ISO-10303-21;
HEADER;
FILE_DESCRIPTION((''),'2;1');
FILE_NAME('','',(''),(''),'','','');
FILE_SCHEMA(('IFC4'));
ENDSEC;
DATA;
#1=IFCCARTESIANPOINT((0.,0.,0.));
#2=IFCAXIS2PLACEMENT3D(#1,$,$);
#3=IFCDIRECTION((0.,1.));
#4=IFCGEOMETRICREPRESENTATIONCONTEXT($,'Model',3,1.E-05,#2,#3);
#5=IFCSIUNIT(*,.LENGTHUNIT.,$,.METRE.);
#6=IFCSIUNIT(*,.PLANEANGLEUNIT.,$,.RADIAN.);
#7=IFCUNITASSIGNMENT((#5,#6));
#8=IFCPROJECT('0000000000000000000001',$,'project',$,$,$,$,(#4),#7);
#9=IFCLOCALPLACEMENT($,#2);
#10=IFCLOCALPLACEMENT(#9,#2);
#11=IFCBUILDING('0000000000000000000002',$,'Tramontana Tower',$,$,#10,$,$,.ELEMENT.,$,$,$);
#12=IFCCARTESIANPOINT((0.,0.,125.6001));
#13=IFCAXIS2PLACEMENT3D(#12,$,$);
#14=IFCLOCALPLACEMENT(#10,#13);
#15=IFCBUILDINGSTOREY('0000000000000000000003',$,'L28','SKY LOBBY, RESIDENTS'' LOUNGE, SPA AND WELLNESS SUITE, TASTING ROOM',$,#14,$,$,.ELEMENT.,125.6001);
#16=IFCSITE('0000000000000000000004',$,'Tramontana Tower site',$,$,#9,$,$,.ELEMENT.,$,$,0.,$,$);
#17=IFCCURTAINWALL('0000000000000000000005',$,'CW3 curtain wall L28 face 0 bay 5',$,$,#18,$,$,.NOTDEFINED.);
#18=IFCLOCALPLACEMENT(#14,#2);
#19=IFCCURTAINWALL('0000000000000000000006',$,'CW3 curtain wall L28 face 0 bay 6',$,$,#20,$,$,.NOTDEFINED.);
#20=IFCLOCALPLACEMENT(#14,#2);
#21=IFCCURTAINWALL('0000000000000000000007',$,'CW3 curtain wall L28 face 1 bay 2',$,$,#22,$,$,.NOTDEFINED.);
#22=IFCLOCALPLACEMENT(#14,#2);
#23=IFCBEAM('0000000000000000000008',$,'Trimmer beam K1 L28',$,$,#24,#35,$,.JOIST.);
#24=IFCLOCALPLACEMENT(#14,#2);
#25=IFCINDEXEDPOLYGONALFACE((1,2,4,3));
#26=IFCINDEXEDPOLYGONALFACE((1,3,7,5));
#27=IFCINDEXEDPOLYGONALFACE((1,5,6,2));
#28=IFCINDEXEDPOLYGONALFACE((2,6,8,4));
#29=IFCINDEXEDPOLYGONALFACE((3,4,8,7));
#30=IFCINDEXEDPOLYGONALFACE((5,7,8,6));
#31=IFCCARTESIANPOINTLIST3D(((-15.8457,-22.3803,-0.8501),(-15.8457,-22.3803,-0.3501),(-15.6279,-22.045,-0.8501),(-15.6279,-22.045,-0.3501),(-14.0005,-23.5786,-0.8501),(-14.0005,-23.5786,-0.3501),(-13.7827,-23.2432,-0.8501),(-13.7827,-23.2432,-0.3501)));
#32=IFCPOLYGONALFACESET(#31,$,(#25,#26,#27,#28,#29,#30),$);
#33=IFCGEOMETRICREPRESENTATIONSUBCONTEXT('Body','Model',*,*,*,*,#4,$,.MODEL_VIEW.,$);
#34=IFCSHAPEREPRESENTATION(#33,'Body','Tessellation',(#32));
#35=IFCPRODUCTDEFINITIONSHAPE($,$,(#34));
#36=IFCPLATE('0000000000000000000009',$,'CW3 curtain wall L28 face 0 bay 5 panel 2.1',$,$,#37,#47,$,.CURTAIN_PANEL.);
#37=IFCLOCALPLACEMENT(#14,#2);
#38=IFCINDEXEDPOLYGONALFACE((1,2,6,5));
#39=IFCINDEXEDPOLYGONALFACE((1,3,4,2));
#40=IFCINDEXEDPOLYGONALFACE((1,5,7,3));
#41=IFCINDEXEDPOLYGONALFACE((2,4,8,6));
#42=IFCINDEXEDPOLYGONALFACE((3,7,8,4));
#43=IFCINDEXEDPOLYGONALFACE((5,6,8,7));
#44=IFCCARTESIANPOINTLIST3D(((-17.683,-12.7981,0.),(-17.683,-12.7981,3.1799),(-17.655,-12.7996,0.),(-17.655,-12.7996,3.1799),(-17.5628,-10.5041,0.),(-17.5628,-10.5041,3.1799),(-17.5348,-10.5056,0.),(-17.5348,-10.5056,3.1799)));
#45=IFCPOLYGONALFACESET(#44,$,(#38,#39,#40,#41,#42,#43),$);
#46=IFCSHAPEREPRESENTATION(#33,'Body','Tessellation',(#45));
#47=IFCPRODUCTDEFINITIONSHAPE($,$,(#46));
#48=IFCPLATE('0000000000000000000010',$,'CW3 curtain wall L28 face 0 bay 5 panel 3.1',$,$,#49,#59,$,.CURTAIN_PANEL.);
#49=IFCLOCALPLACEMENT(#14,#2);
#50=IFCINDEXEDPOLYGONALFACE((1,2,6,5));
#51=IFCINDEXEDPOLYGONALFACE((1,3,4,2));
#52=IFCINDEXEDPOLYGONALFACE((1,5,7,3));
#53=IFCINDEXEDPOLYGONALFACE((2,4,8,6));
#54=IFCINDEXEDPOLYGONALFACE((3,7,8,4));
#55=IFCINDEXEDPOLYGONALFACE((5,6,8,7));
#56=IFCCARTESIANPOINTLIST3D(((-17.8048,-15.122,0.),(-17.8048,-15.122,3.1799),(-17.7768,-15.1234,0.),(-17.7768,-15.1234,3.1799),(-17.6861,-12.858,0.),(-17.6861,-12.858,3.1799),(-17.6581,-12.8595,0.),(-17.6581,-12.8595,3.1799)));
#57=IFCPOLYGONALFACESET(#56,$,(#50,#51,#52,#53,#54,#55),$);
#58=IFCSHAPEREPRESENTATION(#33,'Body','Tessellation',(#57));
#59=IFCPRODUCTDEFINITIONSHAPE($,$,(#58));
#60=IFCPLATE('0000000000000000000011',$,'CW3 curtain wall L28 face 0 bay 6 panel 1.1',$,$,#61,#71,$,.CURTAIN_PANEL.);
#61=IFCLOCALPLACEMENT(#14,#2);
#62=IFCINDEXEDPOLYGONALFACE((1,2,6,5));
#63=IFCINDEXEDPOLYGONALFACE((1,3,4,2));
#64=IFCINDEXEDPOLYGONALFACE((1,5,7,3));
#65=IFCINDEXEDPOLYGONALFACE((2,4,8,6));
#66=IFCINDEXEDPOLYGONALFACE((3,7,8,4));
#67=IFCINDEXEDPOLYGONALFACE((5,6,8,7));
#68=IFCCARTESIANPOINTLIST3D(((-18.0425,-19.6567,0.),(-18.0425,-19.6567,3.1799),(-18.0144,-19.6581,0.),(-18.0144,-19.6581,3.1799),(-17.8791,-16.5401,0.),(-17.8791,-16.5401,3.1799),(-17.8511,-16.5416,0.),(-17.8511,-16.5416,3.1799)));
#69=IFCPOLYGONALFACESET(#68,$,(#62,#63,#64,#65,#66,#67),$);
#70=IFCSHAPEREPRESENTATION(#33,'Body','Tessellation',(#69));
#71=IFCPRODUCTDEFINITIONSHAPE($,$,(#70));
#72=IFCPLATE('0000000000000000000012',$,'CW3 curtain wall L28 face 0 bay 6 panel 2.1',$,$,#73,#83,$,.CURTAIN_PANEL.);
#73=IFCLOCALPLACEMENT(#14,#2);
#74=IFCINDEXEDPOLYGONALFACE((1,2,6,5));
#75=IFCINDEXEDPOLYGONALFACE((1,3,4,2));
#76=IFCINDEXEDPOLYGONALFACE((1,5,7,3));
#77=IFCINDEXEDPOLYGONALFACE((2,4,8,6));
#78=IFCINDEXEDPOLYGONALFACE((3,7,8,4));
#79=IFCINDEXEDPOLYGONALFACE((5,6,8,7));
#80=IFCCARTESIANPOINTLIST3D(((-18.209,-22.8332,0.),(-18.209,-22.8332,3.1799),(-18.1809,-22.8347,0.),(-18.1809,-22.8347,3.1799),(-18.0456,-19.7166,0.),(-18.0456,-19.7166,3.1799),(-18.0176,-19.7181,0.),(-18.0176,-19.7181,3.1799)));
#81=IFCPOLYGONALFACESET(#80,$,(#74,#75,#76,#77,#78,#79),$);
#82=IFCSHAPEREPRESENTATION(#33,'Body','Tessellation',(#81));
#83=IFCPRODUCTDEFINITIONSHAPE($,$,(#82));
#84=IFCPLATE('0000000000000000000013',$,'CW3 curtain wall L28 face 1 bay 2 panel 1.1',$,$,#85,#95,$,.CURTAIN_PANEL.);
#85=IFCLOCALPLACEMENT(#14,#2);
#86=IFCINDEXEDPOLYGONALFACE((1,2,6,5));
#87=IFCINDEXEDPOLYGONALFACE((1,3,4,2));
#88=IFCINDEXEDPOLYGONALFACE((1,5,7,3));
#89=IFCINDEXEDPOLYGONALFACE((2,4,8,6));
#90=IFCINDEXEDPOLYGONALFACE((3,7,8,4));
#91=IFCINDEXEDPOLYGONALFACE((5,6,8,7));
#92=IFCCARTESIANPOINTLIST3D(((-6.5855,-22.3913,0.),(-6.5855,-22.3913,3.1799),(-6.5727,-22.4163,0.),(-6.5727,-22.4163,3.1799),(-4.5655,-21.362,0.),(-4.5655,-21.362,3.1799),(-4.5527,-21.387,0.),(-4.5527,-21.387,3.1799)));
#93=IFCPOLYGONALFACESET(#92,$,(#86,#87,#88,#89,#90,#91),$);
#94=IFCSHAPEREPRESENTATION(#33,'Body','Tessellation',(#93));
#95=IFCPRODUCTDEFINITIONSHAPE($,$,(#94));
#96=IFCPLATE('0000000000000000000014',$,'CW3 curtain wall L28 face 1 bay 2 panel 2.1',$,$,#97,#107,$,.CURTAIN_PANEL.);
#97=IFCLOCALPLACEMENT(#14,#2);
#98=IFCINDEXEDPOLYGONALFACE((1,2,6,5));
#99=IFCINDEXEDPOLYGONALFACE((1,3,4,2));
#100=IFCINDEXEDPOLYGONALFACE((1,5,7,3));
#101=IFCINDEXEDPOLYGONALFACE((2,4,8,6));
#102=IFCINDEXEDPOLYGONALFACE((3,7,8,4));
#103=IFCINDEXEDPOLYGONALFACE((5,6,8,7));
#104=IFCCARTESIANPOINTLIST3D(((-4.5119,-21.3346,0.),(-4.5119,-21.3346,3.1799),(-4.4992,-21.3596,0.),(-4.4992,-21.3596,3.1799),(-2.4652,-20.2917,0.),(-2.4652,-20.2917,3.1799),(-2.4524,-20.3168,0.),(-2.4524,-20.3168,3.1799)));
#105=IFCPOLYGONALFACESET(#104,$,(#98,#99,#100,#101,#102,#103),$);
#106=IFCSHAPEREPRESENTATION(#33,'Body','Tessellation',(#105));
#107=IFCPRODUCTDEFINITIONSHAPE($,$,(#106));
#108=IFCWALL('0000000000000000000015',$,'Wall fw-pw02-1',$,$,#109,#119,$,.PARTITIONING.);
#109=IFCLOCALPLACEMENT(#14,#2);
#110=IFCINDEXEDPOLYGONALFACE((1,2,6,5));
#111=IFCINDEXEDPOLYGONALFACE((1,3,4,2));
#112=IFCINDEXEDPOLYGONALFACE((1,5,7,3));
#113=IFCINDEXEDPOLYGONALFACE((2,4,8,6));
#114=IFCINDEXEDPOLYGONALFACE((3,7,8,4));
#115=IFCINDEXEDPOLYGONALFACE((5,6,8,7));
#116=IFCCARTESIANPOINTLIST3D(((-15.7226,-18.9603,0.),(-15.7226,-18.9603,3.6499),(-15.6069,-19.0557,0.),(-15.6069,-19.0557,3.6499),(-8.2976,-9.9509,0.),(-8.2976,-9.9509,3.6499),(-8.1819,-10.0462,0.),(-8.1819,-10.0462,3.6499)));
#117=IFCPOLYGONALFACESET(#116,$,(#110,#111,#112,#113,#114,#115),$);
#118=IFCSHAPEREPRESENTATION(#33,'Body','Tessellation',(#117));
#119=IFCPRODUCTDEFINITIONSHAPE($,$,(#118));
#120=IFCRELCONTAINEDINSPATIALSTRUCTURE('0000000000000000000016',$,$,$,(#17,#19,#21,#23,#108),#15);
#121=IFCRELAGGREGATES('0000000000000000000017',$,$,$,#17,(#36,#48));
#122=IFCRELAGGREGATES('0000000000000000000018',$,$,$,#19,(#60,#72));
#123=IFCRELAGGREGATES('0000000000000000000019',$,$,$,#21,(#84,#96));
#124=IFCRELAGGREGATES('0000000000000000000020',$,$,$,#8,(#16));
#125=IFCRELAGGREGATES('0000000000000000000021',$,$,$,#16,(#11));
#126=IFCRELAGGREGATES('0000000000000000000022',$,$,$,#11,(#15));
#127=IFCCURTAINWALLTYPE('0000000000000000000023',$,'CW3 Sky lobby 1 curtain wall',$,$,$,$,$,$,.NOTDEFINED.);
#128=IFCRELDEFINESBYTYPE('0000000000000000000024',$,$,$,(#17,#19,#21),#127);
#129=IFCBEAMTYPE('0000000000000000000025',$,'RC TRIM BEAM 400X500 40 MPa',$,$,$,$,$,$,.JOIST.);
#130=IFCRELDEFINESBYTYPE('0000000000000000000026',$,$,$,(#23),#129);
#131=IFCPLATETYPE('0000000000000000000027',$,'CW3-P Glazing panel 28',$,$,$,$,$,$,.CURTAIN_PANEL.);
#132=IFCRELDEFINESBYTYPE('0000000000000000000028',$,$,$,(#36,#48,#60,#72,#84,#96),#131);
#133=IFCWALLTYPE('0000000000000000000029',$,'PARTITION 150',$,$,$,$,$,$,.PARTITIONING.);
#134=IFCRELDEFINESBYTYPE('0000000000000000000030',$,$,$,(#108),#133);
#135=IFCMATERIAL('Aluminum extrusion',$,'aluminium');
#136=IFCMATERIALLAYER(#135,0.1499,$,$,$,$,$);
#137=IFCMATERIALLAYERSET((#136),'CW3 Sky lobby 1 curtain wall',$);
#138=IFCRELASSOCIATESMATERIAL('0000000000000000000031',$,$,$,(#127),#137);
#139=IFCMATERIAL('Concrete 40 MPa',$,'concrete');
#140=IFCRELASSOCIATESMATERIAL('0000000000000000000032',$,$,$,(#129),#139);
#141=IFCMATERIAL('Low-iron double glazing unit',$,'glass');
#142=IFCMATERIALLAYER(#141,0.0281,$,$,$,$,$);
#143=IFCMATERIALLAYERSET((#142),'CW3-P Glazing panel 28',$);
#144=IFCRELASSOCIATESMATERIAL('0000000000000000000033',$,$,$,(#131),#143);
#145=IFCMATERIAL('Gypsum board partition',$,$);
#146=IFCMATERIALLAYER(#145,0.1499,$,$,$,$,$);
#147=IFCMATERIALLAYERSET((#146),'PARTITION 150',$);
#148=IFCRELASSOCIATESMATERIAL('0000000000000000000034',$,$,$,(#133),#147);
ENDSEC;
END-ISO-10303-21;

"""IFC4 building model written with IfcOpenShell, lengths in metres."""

from ifc_helpers import new_model, si_unit, direction, frame, frame_2d, origin, origin_2d, place, context, subcontext, project, spatial, rectangle, extrude, material, layer, layer_set, material_profile, profile_set, type_object, element, aggregate, save


model = new_model("IFC4")

# Units and contexts
model_context = context("Model", 3, precision=1e-05, world=origin(), true_north=direction((0.0, 1.0)))
body_context = subcontext(model_context, "Body", "Model", "MODEL_VIEW")
ifc_project = project(units=[si_unit("LENGTHUNIT", "METRE"), si_unit("PLANEANGLEUNIT", "RADIAN")], contexts=[model_context])

# Site, building, storey
site_placement = place(None, origin())
site = spatial("IfcSite", under=ifc_project, at=site_placement, Name="Tramontana Tower site", CompositionType="ELEMENT", RefElevation=0.0)
building_placement = place(site_placement, origin())
building = spatial("IfcBuilding", under=site, at=building_placement, Name="Tramontana Tower", CompositionType="ELEMENT")
storey_placement = place(building_placement, frame((0.0, 0.0, 125.6001)))
storey = spatial("IfcBuildingStorey", under=building, at=storey_placement, Name="L28", Description="SKY LOBBY, RESIDENTS' LOUNGE, SPA AND WELLNESS SUITE, TASTING ROOM", CompositionType="ELEMENT", Elevation=125.6001)

# Curtain walls
ifc_material_1 = material(Name="Aluminum extrusion", Category="aluminium")
ifc_layer_1 = layer(ifc_material_1, 0.1499)
ifc_layer_set_1 = layer_set([ifc_layer_1], Name="CW3 Sky lobby 1 curtain wall")
curtain_wall_type = type_object("IfcCurtainWallType", Name="CW3 Sky lobby 1 curtain wall", PredefinedType="NOTDEFINED", material=ifc_layer_set_1)
curtain_wall_1_placement = place(storey_placement, origin())
curtain_wall_1 = element("IfcCurtainWall", 1, at=curtain_wall_1_placement, inside=storey, type_object=curtain_wall_type, Name="CW3 curtain wall L28 face 0 bay 5", PredefinedType="NOTDEFINED")
curtain_wall_2_placement = place(storey_placement, origin())
curtain_wall_2 = element("IfcCurtainWall", 2, at=curtain_wall_2_placement, inside=storey, type_object=curtain_wall_type, Name="CW3 curtain wall L28 face 0 bay 6", PredefinedType="NOTDEFINED")
curtain_wall_3_placement = place(storey_placement, origin())
curtain_wall_3 = element("IfcCurtainWall", 3, at=curtain_wall_3_placement, inside=storey, type_object=curtain_wall_type, Name="CW3 curtain wall L28 face 1 bay 2", PredefinedType="NOTDEFINED")

# Beam
ifc_material_2 = material(Name="Concrete 40 MPa", Category="concrete")
ifc_material_profile_1 = material_profile(ifc_material_2, rectangle(XDim=0.3999, YDim=0.5, at=origin_2d()), Name="RC TRIM BEAM 400X500 40 MPa")
ifc_profile_set_1 = profile_set([ifc_material_profile_1], Name="Concrete 40 MPa")
beam_type_1 = type_object("IfcBeamType", Name="RC TRIM BEAM 400X500 40 MPa", PredefinedType="JOIST", material=ifc_profile_set_1)
beam_1_placement = place(storey_placement, frame((-15.7368, -22.2126, -0.6001), z_axis=(0.838682, -0.544622, 0.0), x_axis=(0.544622, 0.838682, 0.0)))
element("IfcBeam", 4, at=beam_1_placement, inside=storey, type_object=beam_type_1, Name="Trimmer beam K1 L28", PredefinedType="JOIST", context=body_context, shape_type="SweptSolid", body=[
    extrude(rectangle(XDim=0.3999, YDim=0.5, at=origin_2d()), origin(), (0.0, 0.0, 1.0), 2.2002),
])

# Plates
ifc_material_3 = material(Name="Low-iron double glazing unit", Category="glass")
ifc_layer_2 = layer(ifc_material_3, 0.0281)
ifc_layer_set_2 = layer_set([ifc_layer_2], Name="CW3-P Glazing panel 28")
plate_type = type_object("IfcPlateType", Name="CW3-P Glazing panel 28", PredefinedType="CURTAIN_PANEL", material=ifc_layer_set_2)
plate_1_placement = place(storey_placement, frame((-17.6089, -11.6519, 0.0), z_axis=(0.0, 0.0, 1.0), x_axis=(-0.052336, -0.99863, 0.0)))
plate_1 = element("IfcPlate", 5, at=plate_1_placement, type_object=plate_type, Name="CW3 curtain wall L28 face 0 bay 5 panel 2.1", PredefinedType="CURTAIN_PANEL", context=body_context, shape_type="SweptSolid", body=[
    extrude(rectangle(XDim=2.2971, YDim=0.0281, at=origin_2d()), origin(), (0.0, 0.0, 1.0), 3.1799),
])
plate_2_placement = place(storey_placement, frame((-17.7314, -13.9907, 0.0), z_axis=(0.0, 0.0, 1.0), x_axis=(-0.052336, -0.99863, 0.0)))
plate_2 = element("IfcPlate", 6, at=plate_2_placement, type_object=plate_type, Name="CW3 curtain wall L28 face 0 bay 5 panel 3.1", PredefinedType="CURTAIN_PANEL", context=body_context, shape_type="SweptSolid", body=[
    extrude(rectangle(XDim=2.2671, YDim=0.0281, at=origin_2d()), origin(), (0.0, 0.0, 1.0), 3.1799),
])
aggregate(curtain_wall_1, [plate_1, plate_2])
plate_3_placement = place(storey_placement, frame((-17.9468, -18.0991, 0.0), z_axis=(0.0, 0.0, 1.0), x_axis=(-0.052336, -0.99863, 0.0)))
plate_3 = element("IfcPlate", 7, at=plate_3_placement, type_object=plate_type, Name="CW3 curtain wall L28 face 0 bay 6 panel 1.1", PredefinedType="CURTAIN_PANEL", context=body_context, shape_type="SweptSolid", body=[
    extrude(rectangle(XDim=3.1208, YDim=0.0281, at=origin_2d()), origin(), (0.0, 0.0, 1.0), 3.1799),
])
plate_4_placement = place(storey_placement, frame((-18.1133, -21.2756, 0.0), z_axis=(0.0, 0.0, 1.0), x_axis=(-0.052336, -0.99863, 0.0)))
plate_4 = element("IfcPlate", 8, at=plate_4_placement, type_object=plate_type, Name="CW3 curtain wall L28 face 0 bay 6 panel 2.1", PredefinedType="CURTAIN_PANEL", context=body_context, shape_type="SweptSolid", body=[
    extrude(rectangle(XDim=3.1208, YDim=0.0281, at=origin_2d()), origin(), (0.0, 0.0, 1.0), 3.1799),
])
aggregate(curtain_wall_2, [plate_3, plate_4])
plate_5_placement = place(storey_placement, frame((-5.5691, -21.8892, 0.0), z_axis=(0.0, 0.0, 1.0), x_axis=(0.891007, 0.45399, 0.0)))
plate_5 = element("IfcPlate", 9, at=plate_5_placement, type_object=plate_type, Name="CW3 curtain wall L28 face 1 bay 2 panel 1.1", PredefinedType="CURTAIN_PANEL", context=body_context, shape_type="SweptSolid", body=[
    extrude(rectangle(XDim=2.2671, YDim=0.0281, at=origin_2d()), origin(), (0.0, 0.0, 1.0), 3.1799),
])
plate_6_placement = place(storey_placement, frame((-3.4822, -20.8257, 0.0), z_axis=(0.0, 0.0, 1.0), x_axis=(0.891007, 0.45399, 0.0)))
plate_6 = element("IfcPlate", 10, at=plate_6_placement, type_object=plate_type, Name="CW3 curtain wall L28 face 1 bay 2 panel 2.1", PredefinedType="CURTAIN_PANEL", context=body_context, shape_type="SweptSolid", body=[
    extrude(rectangle(XDim=2.2971, YDim=0.0281, at=origin_2d()), origin(), (0.0, 0.0, 1.0), 3.1799),
])
aggregate(curtain_wall_3, [plate_5, plate_6])

# Wall
ifc_material_4 = material(Name="Gypsum board partition")
ifc_layer_3 = layer(ifc_material_4, 0.1499)
ifc_layer_set_3 = layer_set([ifc_layer_3], Name="PARTITION 150")
wall_type = type_object("IfcWallType", Name="PARTITION 150", PredefinedType="PARTITIONING", material=ifc_layer_set_3)
wall_placement = place(storey_placement, frame((-8.2397, -9.9985, 0.0), z_axis=(0.0, 0.0, 1.0), x_axis=(-0.635985, -0.771701, 0.0)))
element("IfcWall", 11, at=wall_placement, inside=storey, type_object=wall_type, Name="Wall fw-pw02-1", PredefinedType="PARTITIONING", context=body_context, shape_type="SweptSolid", body=[
    extrude(rectangle(XDim=11.6748, YDim=0.1499, at=frame_2d((5.8374, 0.0))), origin(), (0.0, 0.0, 1.0), 3.6499),
])

save(model, "model.ifc")
